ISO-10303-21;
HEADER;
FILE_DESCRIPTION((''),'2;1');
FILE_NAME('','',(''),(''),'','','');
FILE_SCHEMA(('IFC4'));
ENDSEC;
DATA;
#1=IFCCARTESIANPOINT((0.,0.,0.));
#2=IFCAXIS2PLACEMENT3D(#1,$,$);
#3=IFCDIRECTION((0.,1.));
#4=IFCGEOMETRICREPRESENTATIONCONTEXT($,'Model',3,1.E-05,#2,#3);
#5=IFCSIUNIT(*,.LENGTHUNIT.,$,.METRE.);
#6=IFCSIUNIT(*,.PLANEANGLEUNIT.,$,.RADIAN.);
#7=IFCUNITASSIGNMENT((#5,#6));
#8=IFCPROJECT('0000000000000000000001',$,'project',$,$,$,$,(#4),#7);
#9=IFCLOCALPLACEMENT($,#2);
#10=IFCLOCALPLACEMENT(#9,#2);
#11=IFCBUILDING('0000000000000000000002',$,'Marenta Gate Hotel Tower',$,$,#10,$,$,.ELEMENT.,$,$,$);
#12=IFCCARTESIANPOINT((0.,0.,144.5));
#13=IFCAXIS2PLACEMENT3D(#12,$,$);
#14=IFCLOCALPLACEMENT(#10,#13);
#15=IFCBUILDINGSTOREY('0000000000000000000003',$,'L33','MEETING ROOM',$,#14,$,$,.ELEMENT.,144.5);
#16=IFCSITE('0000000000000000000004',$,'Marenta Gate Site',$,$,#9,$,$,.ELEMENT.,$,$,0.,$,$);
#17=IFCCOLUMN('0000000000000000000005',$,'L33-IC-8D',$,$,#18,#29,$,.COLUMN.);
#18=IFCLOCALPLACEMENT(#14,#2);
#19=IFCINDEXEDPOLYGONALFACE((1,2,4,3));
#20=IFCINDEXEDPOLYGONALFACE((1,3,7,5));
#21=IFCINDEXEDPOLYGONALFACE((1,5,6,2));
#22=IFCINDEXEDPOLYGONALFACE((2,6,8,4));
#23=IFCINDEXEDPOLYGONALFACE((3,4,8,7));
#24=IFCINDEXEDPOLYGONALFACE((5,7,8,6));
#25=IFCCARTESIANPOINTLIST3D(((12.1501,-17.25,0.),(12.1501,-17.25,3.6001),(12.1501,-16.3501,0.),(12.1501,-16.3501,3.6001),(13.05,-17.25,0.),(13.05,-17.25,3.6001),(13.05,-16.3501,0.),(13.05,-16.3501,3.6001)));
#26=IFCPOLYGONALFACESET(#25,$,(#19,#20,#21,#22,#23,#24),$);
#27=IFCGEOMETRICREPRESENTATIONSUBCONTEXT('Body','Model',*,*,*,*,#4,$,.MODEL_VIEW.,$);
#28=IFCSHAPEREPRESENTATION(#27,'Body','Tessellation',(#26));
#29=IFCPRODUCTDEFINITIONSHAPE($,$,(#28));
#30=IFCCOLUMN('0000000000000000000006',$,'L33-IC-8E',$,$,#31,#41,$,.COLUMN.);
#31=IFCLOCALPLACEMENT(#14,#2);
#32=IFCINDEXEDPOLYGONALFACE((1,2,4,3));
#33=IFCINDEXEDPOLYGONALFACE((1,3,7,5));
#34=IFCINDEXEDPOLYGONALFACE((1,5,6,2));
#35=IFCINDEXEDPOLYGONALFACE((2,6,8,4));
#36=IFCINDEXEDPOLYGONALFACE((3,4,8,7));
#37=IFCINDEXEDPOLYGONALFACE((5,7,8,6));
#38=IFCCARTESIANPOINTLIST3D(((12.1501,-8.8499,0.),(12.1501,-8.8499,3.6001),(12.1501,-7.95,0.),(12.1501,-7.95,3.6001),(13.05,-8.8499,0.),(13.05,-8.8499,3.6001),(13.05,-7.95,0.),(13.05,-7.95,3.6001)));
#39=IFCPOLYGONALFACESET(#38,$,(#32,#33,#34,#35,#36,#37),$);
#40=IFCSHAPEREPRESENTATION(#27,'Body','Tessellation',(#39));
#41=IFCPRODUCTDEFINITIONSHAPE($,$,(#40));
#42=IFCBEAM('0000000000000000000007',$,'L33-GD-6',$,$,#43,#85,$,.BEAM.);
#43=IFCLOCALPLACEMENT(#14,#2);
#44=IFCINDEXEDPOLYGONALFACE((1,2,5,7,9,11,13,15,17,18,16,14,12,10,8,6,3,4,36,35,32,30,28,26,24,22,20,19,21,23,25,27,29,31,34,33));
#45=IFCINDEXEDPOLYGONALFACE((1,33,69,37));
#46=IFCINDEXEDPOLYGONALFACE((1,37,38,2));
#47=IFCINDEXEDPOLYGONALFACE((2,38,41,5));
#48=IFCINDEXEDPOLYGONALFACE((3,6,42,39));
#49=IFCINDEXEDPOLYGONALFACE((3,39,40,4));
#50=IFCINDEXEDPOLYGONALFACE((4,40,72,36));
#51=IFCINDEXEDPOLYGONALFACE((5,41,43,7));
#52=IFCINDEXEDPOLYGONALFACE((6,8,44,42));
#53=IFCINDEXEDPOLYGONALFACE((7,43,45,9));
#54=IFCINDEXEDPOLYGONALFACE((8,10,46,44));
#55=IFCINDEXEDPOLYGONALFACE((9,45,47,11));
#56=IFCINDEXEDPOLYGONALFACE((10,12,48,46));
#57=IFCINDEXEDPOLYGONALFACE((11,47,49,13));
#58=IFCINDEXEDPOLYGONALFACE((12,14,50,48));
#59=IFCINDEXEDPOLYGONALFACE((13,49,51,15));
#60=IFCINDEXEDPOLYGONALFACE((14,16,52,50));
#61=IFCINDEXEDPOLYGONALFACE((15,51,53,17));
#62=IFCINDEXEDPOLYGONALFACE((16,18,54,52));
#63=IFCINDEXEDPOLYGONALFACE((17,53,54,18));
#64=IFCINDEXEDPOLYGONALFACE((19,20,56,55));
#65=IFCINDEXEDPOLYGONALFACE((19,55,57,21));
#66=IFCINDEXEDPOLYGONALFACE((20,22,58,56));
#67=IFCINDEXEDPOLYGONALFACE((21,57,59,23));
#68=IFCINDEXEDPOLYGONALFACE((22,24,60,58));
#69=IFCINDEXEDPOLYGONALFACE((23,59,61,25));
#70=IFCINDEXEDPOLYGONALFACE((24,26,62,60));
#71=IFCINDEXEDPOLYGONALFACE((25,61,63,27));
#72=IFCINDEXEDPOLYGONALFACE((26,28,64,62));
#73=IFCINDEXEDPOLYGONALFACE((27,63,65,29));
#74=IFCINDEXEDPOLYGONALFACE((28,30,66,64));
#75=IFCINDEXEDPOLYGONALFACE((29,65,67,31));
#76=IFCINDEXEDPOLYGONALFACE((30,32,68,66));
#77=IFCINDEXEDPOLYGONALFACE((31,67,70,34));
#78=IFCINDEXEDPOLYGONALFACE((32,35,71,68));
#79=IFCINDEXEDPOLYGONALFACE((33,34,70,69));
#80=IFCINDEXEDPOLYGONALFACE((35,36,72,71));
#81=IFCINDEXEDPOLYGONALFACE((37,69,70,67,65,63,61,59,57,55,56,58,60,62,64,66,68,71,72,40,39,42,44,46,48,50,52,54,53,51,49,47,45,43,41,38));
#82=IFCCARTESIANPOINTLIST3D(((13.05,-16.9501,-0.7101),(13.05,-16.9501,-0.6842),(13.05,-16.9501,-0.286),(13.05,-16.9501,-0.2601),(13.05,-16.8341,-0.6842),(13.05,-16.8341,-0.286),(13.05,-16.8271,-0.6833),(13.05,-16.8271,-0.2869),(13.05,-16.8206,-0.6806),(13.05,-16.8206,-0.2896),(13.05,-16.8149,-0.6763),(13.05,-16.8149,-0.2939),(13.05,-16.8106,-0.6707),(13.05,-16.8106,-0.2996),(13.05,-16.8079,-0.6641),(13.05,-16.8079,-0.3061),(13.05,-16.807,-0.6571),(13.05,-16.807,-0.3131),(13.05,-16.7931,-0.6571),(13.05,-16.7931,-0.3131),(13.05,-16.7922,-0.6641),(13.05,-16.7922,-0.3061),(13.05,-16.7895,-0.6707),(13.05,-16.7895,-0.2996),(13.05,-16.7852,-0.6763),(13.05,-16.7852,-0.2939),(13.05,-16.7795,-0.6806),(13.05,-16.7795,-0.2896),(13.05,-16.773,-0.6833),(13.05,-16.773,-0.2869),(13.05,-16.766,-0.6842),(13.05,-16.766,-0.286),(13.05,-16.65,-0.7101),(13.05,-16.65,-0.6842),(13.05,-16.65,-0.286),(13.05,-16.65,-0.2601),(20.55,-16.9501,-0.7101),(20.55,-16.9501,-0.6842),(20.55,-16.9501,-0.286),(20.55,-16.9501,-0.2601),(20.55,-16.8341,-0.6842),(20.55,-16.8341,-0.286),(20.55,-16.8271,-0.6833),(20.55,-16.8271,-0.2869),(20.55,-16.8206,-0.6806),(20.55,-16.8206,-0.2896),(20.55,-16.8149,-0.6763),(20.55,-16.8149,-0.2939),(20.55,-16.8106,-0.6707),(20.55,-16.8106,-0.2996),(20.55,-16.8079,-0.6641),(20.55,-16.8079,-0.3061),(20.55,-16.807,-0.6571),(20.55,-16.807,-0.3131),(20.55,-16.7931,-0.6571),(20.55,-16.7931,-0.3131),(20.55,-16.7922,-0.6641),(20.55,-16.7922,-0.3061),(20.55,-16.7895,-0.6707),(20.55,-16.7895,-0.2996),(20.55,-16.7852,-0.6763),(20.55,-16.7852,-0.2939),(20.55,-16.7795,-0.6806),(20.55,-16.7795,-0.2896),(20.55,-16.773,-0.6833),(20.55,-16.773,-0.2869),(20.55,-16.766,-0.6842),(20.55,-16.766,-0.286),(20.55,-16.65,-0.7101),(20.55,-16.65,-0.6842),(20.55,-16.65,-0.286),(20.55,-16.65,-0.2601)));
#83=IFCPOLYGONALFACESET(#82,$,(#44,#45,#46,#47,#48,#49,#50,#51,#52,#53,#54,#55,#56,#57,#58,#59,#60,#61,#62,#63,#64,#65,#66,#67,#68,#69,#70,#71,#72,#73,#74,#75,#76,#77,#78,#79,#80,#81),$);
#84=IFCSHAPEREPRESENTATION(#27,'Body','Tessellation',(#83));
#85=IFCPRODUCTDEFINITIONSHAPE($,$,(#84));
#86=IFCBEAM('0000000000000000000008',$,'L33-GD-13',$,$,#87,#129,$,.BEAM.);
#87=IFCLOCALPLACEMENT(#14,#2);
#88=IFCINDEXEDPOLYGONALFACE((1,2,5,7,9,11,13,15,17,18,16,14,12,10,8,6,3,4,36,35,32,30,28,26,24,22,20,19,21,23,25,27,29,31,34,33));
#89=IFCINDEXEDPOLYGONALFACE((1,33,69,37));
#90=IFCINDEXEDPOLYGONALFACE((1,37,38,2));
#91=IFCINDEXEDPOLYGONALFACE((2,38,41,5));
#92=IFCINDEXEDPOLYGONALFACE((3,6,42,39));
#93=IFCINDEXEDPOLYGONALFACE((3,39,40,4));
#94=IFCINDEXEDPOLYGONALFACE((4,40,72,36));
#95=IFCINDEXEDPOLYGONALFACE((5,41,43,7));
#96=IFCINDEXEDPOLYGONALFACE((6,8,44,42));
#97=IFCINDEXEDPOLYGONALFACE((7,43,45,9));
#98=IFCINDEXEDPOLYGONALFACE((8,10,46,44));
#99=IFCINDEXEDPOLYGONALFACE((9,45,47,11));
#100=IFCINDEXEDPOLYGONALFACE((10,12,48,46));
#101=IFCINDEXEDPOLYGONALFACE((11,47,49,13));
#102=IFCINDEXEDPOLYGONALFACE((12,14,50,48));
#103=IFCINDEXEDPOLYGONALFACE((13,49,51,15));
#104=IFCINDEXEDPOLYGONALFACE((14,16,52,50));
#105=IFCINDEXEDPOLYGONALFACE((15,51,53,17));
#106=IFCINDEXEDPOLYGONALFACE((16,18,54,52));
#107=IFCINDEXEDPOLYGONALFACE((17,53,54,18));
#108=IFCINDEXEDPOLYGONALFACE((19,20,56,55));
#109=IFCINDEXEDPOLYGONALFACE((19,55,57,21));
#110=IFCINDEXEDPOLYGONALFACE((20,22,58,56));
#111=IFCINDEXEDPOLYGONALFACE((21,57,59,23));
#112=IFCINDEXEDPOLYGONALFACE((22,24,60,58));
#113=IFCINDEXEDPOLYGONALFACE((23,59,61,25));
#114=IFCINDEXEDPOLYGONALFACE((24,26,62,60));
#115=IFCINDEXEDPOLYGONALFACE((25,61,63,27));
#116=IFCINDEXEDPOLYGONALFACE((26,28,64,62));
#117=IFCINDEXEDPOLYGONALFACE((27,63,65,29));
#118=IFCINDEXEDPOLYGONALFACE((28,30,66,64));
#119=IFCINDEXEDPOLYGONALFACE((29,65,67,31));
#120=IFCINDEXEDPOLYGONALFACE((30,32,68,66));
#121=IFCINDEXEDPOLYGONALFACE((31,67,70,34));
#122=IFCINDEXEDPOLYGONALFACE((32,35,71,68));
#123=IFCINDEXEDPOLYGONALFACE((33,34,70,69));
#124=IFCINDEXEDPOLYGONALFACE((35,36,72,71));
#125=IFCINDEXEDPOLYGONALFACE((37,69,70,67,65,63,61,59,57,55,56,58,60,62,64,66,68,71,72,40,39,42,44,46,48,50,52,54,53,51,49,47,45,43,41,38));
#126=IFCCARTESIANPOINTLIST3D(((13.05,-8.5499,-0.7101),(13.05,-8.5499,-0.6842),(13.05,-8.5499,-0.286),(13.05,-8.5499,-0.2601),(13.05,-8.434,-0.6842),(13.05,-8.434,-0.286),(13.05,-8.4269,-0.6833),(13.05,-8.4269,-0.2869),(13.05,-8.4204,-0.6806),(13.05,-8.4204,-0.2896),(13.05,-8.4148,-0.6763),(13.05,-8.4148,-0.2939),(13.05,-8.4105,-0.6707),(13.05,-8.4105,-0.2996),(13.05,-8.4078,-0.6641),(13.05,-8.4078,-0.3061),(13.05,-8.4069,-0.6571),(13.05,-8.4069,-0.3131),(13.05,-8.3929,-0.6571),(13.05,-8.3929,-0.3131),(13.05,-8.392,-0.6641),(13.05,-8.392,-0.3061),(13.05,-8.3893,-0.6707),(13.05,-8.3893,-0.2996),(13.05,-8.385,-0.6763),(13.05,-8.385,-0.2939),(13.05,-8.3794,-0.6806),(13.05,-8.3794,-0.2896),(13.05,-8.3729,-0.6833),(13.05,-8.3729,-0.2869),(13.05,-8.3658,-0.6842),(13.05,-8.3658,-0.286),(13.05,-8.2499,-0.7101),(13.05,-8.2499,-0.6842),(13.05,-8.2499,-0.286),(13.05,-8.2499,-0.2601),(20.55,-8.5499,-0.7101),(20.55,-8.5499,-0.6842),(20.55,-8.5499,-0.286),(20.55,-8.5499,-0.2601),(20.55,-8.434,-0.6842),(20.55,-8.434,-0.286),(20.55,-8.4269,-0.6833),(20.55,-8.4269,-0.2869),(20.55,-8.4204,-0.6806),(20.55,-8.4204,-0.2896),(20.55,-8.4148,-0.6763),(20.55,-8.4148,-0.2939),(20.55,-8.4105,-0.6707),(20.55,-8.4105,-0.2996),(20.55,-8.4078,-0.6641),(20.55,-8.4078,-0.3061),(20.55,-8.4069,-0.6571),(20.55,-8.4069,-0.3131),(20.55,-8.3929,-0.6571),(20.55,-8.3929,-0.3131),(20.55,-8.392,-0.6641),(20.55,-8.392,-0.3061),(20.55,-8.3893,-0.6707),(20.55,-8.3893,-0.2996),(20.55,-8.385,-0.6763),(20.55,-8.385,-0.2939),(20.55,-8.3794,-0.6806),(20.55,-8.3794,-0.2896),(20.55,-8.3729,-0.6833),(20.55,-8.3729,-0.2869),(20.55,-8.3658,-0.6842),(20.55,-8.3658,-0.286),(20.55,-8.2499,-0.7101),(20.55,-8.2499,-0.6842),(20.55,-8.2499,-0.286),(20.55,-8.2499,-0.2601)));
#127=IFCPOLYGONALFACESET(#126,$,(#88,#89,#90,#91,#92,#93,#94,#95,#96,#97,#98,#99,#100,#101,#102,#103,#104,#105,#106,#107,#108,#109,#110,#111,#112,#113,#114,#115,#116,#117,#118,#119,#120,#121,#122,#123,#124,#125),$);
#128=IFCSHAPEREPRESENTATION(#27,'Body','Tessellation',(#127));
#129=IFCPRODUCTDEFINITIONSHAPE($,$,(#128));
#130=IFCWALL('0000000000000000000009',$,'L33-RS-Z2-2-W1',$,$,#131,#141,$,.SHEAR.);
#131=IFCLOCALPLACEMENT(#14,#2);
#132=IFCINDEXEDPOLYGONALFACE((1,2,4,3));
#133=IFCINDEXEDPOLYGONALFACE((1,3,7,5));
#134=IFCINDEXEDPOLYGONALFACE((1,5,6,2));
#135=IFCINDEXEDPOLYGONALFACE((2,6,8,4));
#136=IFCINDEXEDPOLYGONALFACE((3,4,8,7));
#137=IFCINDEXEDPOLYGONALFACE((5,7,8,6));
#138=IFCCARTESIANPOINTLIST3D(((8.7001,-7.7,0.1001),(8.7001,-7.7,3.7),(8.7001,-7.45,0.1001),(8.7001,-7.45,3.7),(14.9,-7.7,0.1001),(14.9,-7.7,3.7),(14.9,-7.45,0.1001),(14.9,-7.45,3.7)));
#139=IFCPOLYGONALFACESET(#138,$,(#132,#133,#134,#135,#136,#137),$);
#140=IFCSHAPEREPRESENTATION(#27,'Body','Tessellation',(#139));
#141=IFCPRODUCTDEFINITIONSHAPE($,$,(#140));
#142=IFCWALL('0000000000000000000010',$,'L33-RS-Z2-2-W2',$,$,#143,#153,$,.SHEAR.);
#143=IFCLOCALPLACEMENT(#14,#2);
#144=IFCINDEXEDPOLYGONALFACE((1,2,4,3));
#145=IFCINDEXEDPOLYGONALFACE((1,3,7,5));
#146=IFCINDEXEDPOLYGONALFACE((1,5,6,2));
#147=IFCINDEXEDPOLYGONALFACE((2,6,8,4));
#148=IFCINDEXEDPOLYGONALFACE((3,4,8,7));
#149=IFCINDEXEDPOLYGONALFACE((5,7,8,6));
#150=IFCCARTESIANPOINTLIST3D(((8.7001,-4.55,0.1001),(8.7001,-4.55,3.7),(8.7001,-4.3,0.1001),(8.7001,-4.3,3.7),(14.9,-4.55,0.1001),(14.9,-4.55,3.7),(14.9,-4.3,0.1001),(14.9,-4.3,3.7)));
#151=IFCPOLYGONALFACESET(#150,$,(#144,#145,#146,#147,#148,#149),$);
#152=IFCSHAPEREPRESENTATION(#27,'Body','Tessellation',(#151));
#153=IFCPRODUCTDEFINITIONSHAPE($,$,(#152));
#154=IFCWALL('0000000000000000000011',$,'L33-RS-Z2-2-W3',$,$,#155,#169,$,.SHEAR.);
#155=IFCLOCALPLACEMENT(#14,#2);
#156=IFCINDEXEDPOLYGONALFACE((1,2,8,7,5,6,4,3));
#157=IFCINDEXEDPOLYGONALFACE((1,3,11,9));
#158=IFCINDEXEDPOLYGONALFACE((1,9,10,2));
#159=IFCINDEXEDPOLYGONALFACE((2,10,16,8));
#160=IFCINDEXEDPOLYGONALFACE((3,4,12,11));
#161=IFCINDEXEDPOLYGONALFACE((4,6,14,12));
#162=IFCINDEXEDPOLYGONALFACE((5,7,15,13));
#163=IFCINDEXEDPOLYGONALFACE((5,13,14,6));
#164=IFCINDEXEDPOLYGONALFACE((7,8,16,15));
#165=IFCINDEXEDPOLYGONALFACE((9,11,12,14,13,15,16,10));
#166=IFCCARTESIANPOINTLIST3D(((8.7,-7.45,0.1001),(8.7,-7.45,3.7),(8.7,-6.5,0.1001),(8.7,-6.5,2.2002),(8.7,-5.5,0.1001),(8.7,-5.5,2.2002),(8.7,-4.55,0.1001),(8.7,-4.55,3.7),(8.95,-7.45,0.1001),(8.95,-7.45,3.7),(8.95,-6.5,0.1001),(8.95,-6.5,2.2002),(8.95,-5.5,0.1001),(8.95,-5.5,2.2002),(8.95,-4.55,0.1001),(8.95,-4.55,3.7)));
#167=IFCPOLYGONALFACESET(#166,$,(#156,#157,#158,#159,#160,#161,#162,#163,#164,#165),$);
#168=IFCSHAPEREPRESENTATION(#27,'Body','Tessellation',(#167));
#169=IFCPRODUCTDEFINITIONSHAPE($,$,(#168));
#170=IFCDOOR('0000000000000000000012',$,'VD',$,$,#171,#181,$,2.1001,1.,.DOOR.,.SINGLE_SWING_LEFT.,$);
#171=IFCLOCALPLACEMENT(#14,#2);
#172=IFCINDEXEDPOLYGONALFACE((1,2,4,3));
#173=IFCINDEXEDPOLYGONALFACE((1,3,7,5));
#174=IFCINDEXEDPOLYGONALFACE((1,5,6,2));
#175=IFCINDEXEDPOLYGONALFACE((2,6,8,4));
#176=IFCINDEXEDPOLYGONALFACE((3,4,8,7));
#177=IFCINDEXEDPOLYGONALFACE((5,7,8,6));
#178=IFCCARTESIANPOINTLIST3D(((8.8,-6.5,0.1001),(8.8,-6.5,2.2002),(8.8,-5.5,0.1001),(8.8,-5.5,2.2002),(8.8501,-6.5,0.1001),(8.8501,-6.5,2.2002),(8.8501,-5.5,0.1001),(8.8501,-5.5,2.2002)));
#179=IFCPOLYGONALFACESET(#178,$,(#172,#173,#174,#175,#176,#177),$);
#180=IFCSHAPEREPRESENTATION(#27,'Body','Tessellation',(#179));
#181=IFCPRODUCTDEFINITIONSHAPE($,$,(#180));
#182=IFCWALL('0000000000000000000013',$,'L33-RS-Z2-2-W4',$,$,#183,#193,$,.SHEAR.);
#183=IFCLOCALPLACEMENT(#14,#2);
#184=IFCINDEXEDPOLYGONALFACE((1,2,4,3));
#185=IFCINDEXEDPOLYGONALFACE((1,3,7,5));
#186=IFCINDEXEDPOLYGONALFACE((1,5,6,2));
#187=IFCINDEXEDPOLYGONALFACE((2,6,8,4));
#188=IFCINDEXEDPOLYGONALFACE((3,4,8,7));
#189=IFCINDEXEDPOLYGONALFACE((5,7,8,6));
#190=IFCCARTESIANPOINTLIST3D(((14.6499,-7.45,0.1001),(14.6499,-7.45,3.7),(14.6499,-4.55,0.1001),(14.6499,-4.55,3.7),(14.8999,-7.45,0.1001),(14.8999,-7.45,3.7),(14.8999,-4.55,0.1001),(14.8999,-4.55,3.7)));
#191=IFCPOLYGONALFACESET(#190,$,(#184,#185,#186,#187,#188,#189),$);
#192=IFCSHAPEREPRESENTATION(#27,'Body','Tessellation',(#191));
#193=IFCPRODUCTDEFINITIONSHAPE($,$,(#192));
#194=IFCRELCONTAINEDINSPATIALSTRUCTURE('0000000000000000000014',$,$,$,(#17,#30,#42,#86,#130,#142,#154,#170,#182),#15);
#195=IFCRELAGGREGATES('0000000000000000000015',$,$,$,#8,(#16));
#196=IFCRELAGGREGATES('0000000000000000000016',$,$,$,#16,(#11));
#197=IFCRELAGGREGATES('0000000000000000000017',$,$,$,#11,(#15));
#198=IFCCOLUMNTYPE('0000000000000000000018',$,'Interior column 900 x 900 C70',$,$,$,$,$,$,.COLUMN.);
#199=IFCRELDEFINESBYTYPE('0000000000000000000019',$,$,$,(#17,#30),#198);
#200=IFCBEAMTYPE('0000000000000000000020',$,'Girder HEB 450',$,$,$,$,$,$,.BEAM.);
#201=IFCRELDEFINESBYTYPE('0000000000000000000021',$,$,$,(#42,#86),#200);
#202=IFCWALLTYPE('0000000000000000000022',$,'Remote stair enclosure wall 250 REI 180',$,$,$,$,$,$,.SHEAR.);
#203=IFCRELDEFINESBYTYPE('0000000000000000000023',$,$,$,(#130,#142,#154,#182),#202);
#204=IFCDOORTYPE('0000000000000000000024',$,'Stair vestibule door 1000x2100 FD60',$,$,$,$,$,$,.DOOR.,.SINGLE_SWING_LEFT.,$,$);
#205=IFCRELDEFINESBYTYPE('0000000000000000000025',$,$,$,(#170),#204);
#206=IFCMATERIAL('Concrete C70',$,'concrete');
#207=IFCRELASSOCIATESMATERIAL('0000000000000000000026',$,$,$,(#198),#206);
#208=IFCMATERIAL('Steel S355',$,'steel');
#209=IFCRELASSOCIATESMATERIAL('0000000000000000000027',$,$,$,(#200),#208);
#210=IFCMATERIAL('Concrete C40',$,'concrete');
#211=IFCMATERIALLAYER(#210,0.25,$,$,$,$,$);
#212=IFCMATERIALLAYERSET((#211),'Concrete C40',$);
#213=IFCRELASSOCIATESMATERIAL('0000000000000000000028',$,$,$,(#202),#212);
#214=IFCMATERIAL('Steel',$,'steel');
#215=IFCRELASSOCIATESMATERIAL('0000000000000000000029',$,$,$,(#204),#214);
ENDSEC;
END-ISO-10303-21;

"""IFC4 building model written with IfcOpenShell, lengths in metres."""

from ifc_helpers import new_model, si_unit, direction, frame, frame_2d, origin, origin_2d, place, context, subcontext, project, spatial, rectangle, i_section, extrude, material, layer, layer_set, material_profile, profile_set, type_object, element, fill, save


model = new_model("IFC4")

# Units and contexts
model_context = context("Model", 3, precision=1e-05, world=origin(), true_north=direction((0.0, 1.0)))
body_context = subcontext(model_context, "Body", "Model", "MODEL_VIEW")
ifc_project = project(units=[si_unit("LENGTHUNIT", "METRE"), si_unit("PLANEANGLEUNIT", "RADIAN")], contexts=[model_context])

# Site, building, storey
site_placement = place(None, origin())
site = spatial("IfcSite", under=ifc_project, at=site_placement, Name="Marenta Gate Site", CompositionType="ELEMENT", RefElevation=0.0)
building_placement = place(site_placement, origin())
building = spatial("IfcBuilding", under=site, at=building_placement, Name="Marenta Gate Hotel Tower", CompositionType="ELEMENT")
storey_placement = place(building_placement, frame((0.0, 0.0, 144.5)))
storey = spatial("IfcBuildingStorey", under=building, at=storey_placement, Name="L33", Description="MEETING ROOM", CompositionType="ELEMENT", Elevation=144.5)

# Columns
ifc_material_1 = material(Name="Concrete C70", Category="concrete")
ifc_material_profile_1 = material_profile(ifc_material_1, rectangle(XDim=0.8999, YDim=0.8999, at=origin_2d()), Name="900 x 900")
ifc_profile_set_1 = profile_set([ifc_material_profile_1], Name="Concrete C70")
column_type = type_object("IfcColumnType", Name="Interior column 900 x 900 C70", PredefinedType="COLUMN", material=ifc_profile_set_1)
for number, where, z_axis, x_axis, name in (
    (1, (12.6001, -16.8, 0.0), (0.0, 0.0, 1.0), (1.0, 0.0, 0.0), "L33-IC-8D"),
    (2, (12.6001, -8.3999, 0.0), (0.0, 0.0, 1.0), (1.0, 0.0, 0.0), "L33-IC-8E"),
):
    element("IfcColumn", number, at=place(storey_placement, frame(where, z_axis=z_axis, x_axis=x_axis)), inside=storey, type_object=column_type, Name=name, PredefinedType="COLUMN", context=body_context, shape_type="SweptSolid", body=[
        extrude(rectangle(XDim=0.8999, YDim=0.8999, at=origin_2d()), origin(), (0.0, 0.0, 1.0), 3.6001),
    ])

# Beams
ifc_material_2 = material(Name="Steel S355", Category="steel")
ifc_material_profile_2 = material_profile(ifc_material_2, i_section(OverallWidth=0.3, OverallDepth=0.45, WebThickness=0.0139, FlangeThickness=0.0259, FilletRadius=0.0271, at=origin_2d()), Name="HEB 450")
ifc_profile_set_2 = profile_set([ifc_material_profile_2], Name="Steel S355")
beam_type = type_object("IfcBeamType", Name="Girder HEB 450", PredefinedType="BEAM", material=ifc_profile_set_2)
for number, where, z_axis, x_axis, name in (
    (3, (13.05, -16.8, -0.4851), (1.0, 0.0, 0.0), (0.0, 1.0, 0.0), "L33-GD-6"),
    (4, (13.05, -8.3999, -0.4851), (1.0, 0.0, 0.0), (0.0, 1.0, 0.0), "L33-GD-13"),
):
    element("IfcBeam", number, at=place(storey_placement, frame(where, z_axis=z_axis, x_axis=x_axis)), inside=storey, type_object=beam_type, Name=name, PredefinedType="BEAM", context=body_context, shape_type="SweptSolid", body=[
        extrude(i_section(OverallWidth=0.3, OverallDepth=0.45, WebThickness=0.0139, FlangeThickness=0.0259, FilletRadius=0.0271, at=origin_2d()), origin(), (0.0, 0.0, 1.0), 7.5),
    ])

# Walls
ifc_material_3 = material(Name="Concrete C40", Category="concrete")
ifc_layer_1 = layer(ifc_material_3, 0.25)
ifc_layer_set_1 = layer_set([ifc_layer_1], Name="Concrete C40")
wall_type_1 = type_object("IfcWallType", Name="Remote stair enclosure wall 250 REI 180", PredefinedType="SHEAR", material=ifc_layer_set_1)
for number, where, z_axis, x_axis, name in (
    (5, (8.7, -7.575, 0.1001), (0.0, 0.0, 1.0), (1.0, 0.0, 0.0), "L33-RS-Z2-2-W1"),
    (6, (8.7, -4.425, 0.1001), (0.0, 0.0, 1.0), (1.0, 0.0, 0.0), "L33-RS-Z2-2-W2"),
):
    element("IfcWall", number, at=place(storey_placement, frame(where, z_axis=z_axis, x_axis=x_axis)), inside=storey, type_object=wall_type_1, Name=name, PredefinedType="SHEAR", context=body_context, shape_type="SweptSolid", body=[
        extrude(rectangle(XDim=6.2, YDim=0.25, at=frame_2d((3.1001, 0.0))), origin(), (0.0, 0.0, 1.0), 3.5999),
    ])

# Wall, opening, door
wall_1_placement = place(storey_placement, frame((8.825, -7.45, 0.1001), z_axis=(0.0, 0.0, 1.0), x_axis=(0.0, 1.0, 0.0)))
wall_1 = element("IfcWall", 7, at=wall_1_placement, inside=storey, type_object=wall_type_1, Name="L33-RS-Z2-2-W3", PredefinedType="SHEAR", context=body_context, shape_type="SweptSolid", body=[
    extrude(rectangle(XDim=2.8999, YDim=0.25, at=frame_2d((1.45, 0.0))), origin(), (0.0, 0.0, 1.0), 3.5999),
])
opening_1_placement = place(wall_1_placement, frame((0.95, 0.0, 0.0)))
opening_1 = element("IfcOpeningElement", 8, at=opening_1_placement, cuts=wall_1, PredefinedType="OPENING", context=body_context, shape_type="SweptSolid", body=[
    extrude(rectangle(XDim=1.0, YDim=2.1001, at=frame_2d((0.5, 1.05))), frame((0.0, 0.125, 0.0), z_axis=(0.0, -1.0, 0.0), x_axis=(1.0, 0.0, 0.0)), (0.0, 0.0, 1.0), 0.25),
])
ifc_material_4 = material(Name="Steel", Category="steel")
door_type_1 = type_object("IfcDoorType", Name="Stair vestibule door 1000x2100 FD60", OperationType="SINGLE_SWING_LEFT", PredefinedType="DOOR", material=ifc_material_4)
door_1_placement = place(opening_1_placement, origin())
door_1 = element("IfcDoor", 9, at=door_1_placement, inside=storey, type_object=door_type_1, Name="VD", OperationType="SINGLE_SWING_LEFT", OverallHeight=2.1001, OverallWidth=1.0, PredefinedType="DOOR", context=body_context, shape_type="SweptSolid", body=[
    extrude(rectangle(XDim=1.0, YDim=2.1001, at=frame_2d((0.5, 1.05))), frame((0.0, 0.0249, 0.0), z_axis=(0.0, -1.0, 0.0), x_axis=(1.0, 0.0, 0.0)), (0.0, 0.0, 1.0), 0.05),
])
fill(opening_1, door_1)

# Wall
wall_2_placement = place(storey_placement, frame((14.7749, -7.45, 0.1001), z_axis=(0.0, 0.0, 1.0), x_axis=(0.0, 1.0, 0.0)))
element("IfcWall", 10, at=wall_2_placement, inside=storey, type_object=wall_type_1, Name="L33-RS-Z2-2-W4", PredefinedType="SHEAR", context=body_context, shape_type="SweptSolid", body=[
    extrude(rectangle(XDim=2.8999, YDim=0.25, at=frame_2d((1.45, 0.0))), origin(), (0.0, 0.0, 1.0), 3.5999),
])

save(model, "model.ifc")
